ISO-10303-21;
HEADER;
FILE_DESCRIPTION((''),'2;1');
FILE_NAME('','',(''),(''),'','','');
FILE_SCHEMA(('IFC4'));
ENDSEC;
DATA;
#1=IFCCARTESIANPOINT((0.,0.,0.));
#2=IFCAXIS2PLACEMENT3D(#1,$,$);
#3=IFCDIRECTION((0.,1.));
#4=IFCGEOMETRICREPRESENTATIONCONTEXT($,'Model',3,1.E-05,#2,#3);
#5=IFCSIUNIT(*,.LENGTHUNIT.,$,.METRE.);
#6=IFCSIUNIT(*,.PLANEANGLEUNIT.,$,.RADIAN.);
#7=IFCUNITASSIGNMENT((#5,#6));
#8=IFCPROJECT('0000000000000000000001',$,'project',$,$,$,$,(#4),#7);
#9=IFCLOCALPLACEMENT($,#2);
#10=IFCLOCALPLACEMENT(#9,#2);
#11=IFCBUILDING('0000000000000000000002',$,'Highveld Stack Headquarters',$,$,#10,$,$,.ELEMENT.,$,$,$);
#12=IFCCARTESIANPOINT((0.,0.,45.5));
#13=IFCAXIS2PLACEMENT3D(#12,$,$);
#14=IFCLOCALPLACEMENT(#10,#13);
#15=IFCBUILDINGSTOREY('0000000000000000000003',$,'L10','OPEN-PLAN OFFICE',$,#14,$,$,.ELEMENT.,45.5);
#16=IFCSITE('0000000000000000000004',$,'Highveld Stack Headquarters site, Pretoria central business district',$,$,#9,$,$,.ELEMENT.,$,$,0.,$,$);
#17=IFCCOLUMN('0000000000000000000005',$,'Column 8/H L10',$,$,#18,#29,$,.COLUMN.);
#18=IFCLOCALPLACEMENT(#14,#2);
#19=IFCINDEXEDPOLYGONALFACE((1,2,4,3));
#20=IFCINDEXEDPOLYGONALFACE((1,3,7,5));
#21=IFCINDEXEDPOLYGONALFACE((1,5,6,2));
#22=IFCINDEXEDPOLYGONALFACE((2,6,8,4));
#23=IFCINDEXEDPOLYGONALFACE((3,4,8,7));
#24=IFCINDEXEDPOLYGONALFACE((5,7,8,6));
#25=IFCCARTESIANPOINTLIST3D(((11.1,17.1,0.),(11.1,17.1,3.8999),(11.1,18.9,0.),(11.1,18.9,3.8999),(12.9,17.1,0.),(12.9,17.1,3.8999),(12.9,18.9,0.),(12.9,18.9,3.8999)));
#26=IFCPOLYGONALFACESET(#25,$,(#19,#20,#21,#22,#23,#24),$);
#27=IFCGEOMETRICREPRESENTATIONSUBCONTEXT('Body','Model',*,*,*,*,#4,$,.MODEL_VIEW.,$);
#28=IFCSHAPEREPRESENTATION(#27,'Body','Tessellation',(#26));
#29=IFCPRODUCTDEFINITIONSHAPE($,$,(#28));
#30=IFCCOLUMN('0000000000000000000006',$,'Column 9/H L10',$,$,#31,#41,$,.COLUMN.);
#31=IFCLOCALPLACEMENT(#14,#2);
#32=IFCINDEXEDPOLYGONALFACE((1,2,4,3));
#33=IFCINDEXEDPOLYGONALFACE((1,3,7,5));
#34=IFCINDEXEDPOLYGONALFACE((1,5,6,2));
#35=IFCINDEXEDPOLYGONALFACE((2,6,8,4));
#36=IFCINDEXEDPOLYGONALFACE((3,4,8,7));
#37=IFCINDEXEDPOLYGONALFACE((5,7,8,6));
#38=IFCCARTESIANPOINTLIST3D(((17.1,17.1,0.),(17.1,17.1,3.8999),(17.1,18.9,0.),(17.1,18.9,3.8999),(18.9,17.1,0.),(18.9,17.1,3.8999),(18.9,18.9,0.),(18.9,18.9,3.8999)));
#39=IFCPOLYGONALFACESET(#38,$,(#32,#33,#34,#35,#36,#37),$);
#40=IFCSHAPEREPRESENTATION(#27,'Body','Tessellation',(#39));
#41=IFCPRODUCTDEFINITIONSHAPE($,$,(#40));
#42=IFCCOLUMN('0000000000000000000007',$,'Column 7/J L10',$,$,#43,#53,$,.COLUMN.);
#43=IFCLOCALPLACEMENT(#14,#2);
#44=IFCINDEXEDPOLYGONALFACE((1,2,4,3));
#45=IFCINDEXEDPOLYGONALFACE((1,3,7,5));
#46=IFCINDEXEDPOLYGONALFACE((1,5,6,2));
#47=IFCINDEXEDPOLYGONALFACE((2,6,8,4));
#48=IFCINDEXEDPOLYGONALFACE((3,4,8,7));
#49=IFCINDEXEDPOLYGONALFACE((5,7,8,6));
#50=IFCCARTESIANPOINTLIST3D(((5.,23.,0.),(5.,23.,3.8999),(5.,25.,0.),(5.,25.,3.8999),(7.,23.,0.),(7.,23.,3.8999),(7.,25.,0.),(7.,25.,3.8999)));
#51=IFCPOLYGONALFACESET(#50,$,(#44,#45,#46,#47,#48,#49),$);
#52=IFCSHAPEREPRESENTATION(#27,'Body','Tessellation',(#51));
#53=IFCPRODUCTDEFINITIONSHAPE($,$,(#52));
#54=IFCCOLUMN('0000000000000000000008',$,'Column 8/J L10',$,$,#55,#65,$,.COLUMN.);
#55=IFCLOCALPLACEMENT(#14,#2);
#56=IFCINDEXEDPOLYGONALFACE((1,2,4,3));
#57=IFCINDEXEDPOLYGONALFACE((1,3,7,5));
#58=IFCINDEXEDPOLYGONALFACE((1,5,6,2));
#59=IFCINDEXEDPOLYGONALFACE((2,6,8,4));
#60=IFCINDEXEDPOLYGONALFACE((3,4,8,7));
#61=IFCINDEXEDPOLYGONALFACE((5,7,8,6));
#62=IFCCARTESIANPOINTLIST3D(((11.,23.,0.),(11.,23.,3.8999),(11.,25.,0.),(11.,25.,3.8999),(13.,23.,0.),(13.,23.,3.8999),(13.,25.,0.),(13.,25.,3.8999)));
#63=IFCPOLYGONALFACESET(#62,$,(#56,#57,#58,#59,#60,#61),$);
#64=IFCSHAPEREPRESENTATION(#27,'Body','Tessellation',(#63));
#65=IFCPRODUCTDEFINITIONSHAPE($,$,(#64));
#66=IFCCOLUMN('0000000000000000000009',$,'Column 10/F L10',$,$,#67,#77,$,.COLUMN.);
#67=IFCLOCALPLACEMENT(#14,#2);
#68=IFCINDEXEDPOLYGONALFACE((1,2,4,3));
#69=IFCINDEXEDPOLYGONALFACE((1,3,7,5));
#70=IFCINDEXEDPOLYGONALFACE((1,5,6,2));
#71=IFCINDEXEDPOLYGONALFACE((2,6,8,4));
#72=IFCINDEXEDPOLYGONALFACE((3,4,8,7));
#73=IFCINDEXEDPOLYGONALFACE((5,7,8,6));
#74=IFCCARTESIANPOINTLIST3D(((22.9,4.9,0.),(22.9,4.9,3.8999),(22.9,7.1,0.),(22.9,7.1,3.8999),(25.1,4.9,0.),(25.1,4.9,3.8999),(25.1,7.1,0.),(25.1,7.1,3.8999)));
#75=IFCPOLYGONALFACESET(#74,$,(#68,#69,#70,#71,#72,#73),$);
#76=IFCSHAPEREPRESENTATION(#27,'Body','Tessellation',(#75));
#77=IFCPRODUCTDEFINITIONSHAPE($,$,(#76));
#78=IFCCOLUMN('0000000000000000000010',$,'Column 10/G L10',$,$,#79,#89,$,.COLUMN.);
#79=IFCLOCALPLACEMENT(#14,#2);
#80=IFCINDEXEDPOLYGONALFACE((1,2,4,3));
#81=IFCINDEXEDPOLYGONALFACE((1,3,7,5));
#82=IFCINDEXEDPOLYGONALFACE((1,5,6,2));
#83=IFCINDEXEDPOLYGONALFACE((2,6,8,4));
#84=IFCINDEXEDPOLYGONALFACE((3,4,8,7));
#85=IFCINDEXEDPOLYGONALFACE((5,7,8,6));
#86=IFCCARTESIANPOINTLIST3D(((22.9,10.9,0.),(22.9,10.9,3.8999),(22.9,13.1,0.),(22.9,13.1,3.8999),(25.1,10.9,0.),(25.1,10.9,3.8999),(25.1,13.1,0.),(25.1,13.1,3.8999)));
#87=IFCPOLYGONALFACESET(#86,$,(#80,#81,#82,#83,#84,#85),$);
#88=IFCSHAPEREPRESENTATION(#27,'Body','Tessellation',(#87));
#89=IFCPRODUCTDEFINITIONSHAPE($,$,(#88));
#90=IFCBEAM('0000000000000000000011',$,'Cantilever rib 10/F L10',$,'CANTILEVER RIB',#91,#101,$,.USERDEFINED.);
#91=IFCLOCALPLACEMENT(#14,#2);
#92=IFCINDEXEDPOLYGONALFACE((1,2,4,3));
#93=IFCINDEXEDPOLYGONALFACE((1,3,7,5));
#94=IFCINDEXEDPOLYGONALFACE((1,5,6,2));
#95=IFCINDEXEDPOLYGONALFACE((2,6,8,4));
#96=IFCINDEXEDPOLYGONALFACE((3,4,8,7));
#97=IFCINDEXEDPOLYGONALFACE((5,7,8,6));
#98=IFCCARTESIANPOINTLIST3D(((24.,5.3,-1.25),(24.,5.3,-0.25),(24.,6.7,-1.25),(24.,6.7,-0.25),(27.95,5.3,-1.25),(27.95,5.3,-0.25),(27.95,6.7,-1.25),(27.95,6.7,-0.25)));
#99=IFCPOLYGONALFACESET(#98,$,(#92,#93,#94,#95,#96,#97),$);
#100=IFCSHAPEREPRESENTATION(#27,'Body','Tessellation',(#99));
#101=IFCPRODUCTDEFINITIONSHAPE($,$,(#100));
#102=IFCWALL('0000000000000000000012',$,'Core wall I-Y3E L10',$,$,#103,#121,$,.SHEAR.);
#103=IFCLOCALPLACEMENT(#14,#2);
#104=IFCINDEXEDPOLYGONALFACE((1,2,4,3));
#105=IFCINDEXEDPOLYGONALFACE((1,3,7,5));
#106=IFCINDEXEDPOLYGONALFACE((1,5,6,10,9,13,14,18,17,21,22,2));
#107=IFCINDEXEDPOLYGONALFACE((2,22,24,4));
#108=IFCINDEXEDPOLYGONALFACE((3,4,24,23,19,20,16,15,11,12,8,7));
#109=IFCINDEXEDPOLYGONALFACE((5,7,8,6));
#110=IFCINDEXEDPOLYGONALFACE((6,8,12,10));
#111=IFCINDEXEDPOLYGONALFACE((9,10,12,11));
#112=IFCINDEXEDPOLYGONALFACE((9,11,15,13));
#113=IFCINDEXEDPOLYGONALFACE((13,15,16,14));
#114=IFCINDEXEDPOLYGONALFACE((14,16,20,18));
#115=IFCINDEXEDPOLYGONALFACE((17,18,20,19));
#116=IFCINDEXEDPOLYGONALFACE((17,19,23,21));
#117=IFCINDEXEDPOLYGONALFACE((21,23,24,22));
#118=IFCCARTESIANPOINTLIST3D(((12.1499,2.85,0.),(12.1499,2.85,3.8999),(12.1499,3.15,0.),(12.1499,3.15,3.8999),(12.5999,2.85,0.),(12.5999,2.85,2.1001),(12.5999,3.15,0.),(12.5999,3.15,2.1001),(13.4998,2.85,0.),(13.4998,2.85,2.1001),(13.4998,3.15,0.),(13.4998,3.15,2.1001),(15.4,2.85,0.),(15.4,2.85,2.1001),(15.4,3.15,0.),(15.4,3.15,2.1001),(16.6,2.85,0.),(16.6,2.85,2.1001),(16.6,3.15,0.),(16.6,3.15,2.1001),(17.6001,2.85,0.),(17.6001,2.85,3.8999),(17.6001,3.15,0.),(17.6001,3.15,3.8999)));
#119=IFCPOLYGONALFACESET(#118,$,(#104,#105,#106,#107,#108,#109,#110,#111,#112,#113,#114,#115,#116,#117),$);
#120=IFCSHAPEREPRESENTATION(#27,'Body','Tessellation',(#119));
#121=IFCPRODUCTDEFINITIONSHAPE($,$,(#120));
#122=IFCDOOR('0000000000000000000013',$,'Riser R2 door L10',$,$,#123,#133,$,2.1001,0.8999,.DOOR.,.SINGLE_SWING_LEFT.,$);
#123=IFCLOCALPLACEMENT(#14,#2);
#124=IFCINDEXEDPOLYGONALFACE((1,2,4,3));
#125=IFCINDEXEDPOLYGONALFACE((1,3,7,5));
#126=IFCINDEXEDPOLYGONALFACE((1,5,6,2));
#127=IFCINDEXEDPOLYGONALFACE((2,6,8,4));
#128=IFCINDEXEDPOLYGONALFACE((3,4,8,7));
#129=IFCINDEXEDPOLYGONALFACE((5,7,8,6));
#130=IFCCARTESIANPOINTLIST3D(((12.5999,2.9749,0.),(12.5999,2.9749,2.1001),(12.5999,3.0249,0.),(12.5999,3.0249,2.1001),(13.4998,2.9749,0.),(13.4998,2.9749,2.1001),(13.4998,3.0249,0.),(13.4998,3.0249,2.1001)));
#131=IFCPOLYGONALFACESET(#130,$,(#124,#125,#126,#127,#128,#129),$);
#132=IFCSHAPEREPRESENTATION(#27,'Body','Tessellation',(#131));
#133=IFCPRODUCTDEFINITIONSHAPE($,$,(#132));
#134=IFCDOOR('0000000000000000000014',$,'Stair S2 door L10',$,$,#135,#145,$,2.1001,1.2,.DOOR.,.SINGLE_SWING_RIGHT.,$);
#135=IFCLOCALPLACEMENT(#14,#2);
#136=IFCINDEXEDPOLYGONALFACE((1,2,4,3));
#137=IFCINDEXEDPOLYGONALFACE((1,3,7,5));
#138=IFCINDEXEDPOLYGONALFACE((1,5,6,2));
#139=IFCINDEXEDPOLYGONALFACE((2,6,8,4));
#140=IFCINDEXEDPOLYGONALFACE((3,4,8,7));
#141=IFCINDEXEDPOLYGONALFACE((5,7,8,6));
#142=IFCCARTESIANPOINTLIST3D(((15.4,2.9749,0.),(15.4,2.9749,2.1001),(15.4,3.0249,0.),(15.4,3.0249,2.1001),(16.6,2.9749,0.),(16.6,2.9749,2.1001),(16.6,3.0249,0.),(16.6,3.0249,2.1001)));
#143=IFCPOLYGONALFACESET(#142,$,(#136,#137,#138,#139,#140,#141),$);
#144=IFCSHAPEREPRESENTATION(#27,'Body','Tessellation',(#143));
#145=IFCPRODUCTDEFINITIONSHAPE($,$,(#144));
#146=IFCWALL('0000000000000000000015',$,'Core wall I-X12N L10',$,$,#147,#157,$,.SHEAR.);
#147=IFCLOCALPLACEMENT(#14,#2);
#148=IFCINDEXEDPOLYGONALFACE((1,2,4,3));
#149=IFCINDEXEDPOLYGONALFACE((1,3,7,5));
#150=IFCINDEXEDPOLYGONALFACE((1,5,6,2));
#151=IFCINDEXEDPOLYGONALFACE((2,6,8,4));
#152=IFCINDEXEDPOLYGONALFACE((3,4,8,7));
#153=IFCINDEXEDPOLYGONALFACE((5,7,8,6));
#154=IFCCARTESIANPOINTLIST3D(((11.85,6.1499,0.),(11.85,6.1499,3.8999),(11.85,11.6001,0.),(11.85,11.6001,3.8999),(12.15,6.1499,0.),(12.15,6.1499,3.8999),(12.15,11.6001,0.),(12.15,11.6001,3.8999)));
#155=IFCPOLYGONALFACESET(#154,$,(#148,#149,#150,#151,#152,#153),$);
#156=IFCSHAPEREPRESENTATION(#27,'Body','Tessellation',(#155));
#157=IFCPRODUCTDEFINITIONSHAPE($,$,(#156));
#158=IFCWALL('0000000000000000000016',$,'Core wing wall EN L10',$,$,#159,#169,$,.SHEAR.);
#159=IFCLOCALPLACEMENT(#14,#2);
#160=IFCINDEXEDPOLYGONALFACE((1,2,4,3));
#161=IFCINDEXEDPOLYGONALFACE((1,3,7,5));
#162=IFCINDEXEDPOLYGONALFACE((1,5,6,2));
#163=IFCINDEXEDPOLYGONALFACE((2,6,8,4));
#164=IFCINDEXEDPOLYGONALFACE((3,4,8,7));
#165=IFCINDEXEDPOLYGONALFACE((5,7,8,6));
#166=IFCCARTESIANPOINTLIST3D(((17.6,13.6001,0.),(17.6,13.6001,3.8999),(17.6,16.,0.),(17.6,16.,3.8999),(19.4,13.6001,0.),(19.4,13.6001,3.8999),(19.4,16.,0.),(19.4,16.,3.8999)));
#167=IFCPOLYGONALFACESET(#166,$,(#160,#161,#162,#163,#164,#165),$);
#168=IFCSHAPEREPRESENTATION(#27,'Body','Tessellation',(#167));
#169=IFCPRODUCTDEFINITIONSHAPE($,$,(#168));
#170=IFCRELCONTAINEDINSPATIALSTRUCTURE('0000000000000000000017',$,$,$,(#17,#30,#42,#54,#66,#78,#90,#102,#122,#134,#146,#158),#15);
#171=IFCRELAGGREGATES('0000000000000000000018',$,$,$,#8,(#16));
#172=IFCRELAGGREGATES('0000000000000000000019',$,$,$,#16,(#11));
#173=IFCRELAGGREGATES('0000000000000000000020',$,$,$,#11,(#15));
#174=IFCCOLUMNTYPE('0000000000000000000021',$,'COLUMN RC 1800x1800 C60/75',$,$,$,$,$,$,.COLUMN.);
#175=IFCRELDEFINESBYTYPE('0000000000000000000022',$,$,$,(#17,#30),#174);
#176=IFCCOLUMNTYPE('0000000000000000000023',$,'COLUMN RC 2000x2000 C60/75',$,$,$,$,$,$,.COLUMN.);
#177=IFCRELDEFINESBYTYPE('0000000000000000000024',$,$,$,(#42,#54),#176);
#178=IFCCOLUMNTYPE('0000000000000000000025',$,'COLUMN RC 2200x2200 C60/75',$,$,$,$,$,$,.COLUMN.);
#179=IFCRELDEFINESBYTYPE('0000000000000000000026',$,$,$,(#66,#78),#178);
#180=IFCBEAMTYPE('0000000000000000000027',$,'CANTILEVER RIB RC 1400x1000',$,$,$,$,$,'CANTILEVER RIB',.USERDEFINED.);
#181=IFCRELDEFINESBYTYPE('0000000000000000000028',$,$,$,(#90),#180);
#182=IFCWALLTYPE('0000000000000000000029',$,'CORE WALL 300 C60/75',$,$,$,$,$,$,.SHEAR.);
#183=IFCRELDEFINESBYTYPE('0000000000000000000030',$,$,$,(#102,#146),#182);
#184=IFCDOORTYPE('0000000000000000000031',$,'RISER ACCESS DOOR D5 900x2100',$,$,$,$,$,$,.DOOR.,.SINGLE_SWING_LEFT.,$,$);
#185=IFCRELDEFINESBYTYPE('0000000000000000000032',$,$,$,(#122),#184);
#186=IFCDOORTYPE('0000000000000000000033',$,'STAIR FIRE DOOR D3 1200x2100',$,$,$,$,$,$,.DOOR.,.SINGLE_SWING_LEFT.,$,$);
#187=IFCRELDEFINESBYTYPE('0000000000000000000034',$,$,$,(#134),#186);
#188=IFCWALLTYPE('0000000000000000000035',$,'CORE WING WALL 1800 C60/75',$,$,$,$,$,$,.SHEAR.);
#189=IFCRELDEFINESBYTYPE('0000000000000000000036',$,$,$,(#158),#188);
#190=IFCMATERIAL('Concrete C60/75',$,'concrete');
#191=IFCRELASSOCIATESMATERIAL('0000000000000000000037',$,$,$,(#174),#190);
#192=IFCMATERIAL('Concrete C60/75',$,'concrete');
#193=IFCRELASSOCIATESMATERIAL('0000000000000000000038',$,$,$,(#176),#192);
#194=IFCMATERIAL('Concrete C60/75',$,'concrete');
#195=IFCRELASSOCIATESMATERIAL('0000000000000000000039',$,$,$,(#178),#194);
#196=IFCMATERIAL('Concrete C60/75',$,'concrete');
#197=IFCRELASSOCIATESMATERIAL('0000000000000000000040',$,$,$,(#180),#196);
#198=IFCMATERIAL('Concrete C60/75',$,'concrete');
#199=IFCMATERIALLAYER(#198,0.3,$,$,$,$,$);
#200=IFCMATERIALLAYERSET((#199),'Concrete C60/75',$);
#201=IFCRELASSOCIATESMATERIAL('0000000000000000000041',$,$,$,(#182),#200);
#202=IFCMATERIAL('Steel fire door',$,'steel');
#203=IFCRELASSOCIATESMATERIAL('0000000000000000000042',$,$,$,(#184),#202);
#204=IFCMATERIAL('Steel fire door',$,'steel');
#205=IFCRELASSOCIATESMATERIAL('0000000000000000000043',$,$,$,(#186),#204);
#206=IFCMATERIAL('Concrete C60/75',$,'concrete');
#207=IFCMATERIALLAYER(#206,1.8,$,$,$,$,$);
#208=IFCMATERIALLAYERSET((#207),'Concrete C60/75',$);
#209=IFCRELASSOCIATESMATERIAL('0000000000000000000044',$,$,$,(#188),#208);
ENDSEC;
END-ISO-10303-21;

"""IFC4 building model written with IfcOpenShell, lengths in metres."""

from ifc_helpers import new_model, si_unit, direction, frame, frame_2d, origin, origin_2d, place, context, subcontext, project, spatial, rectangle, extrude, material, layer, layer_set, material_profile, profile_set, type_object, element, fill, save


model = new_model("IFC4")

# Units and contexts
model_context = context("Model", 3, precision=1e-05, world=origin(), true_north=direction((0.0, 1.0)))
body_context = subcontext(model_context, "Body", "Model", "MODEL_VIEW")
ifc_project = project(units=[si_unit("LENGTHUNIT", "METRE"), si_unit("PLANEANGLEUNIT", "RADIAN")], contexts=[model_context])

# Site, building, storey
site_placement = place(None, origin())
site = spatial("IfcSite", under=ifc_project, at=site_placement, Name="Highveld Stack Headquarters site, Pretoria central business district", CompositionType="ELEMENT", RefElevation=0.0)
building_placement = place(site_placement, origin())
building = spatial("IfcBuilding", under=site, at=building_placement, Name="Highveld Stack Headquarters", CompositionType="ELEMENT")
storey_placement = place(building_placement, frame((0.0, 0.0, 45.5)))
storey = spatial("IfcBuildingStorey", under=building, at=storey_placement, Name="L10", Description="OPEN-PLAN OFFICE", CompositionType="ELEMENT", Elevation=45.5)

# Columns
ifc_material_1 = material(Name="Concrete C60/75", Category="concrete")
ifc_material_profile_1 = material_profile(ifc_material_1, rectangle(XDim=1.8, YDim=1.8, at=origin_2d()), Name="RC 1800x1800")
ifc_profile_set_1 = profile_set([ifc_material_profile_1], Name="Concrete C60/75")
column_type_1 = type_object("IfcColumnType", Name="COLUMN RC 1800x1800 C60/75", PredefinedType="COLUMN", material=ifc_profile_set_1)
for number, where, z_axis, x_axis, name in (
    (1, (12.0, 18.0, 0.0), (0.0, 0.0, 1.0), (1.0, 0.0, 0.0), "Column 8/H L10"),
    (2, (18.0, 18.0, 0.0), (0.0, 0.0, 1.0), (1.0, 0.0, 0.0), "Column 9/H L10"),
):
    element("IfcColumn", number, at=place(storey_placement, frame(where, z_axis=z_axis, x_axis=x_axis)), inside=storey, type_object=column_type_1, Name=name, PredefinedType="COLUMN", context=body_context, shape_type="SweptSolid", body=[
        extrude(rectangle(XDim=1.8, YDim=1.8, at=origin_2d()), origin(), (0.0, 0.0, 1.0), 3.8999),
    ])
ifc_material_2 = material(Name="Concrete C60/75", Category="concrete")
ifc_material_profile_2 = material_profile(ifc_material_2, rectangle(XDim=2.0, YDim=2.0, at=origin_2d()), Name="RC 2000x2000")
ifc_profile_set_2 = profile_set([ifc_material_profile_2], Name="Concrete C60/75")
column_type_2 = type_object("IfcColumnType", Name="COLUMN RC 2000x2000 C60/75", PredefinedType="COLUMN", material=ifc_profile_set_2)
for number, where, z_axis, x_axis, name in (
    (3, (6.0, 24.0, 0.0), (0.0, 0.0, 1.0), (1.0, 0.0, 0.0), "Column 7/J L10"),
    (4, (12.0, 24.0, 0.0), (0.0, 0.0, 1.0), (1.0, 0.0, 0.0), "Column 8/J L10"),
):
    element("IfcColumn", number, at=place(storey_placement, frame(where, z_axis=z_axis, x_axis=x_axis)), inside=storey, type_object=column_type_2, Name=name, PredefinedType="COLUMN", context=body_context, shape_type="SweptSolid", body=[
        extrude(rectangle(XDim=2.0, YDim=2.0, at=origin_2d()), origin(), (0.0, 0.0, 1.0), 3.8999),
    ])
ifc_material_3 = material(Name="Concrete C60/75", Category="concrete")
ifc_material_profile_3 = material_profile(ifc_material_3, rectangle(XDim=2.2, YDim=2.2, at=origin_2d()), Name="RC 2200x2200")
ifc_profile_set_3 = profile_set([ifc_material_profile_3], Name="Concrete C60/75")
column_type_3 = type_object("IfcColumnType", Name="COLUMN RC 2200x2200 C60/75", PredefinedType="COLUMN", material=ifc_profile_set_3)
for number, where, z_axis, x_axis, name in (
    (5, (24.0, 6.0, 0.0), (0.0, 0.0, 1.0), (1.0, 0.0, 0.0), "Column 10/F L10"),
    (6, (24.0, 12.0, 0.0), (0.0, 0.0, 1.0), (1.0, 0.0, 0.0), "Column 10/G L10"),
):
    element("IfcColumn", number, at=place(storey_placement, frame(where, z_axis=z_axis, x_axis=x_axis)), inside=storey, type_object=column_type_3, Name=name, PredefinedType="COLUMN", context=body_context, shape_type="SweptSolid", body=[
        extrude(rectangle(XDim=2.2, YDim=2.2, at=origin_2d()), origin(), (0.0, 0.0, 1.0), 3.8999),
    ])

# Beam
ifc_material_4 = material(Name="Concrete C60/75", Category="concrete")
ifc_material_profile_4 = material_profile(ifc_material_4, rectangle(XDim=1.3999, YDim=1.0, at=origin_2d()), Name="RC 1400x1000")
ifc_profile_set_4 = profile_set([ifc_material_profile_4], Name="Concrete C60/75")
beam_type = type_object("IfcBeamType", Name="CANTILEVER RIB RC 1400x1000", ElementType="CANTILEVER RIB", PredefinedType="USERDEFINED", material=ifc_profile_set_4)
beam_placement = place(storey_placement, frame((24.0, 6.0, -0.75), z_axis=(1.0, 0.0, 0.0), x_axis=(0.0, 1.0, 0.0)))
element("IfcBeam", 7, at=beam_placement, inside=storey, type_object=beam_type, Name="Cantilever rib 10/F L10", ObjectType="CANTILEVER RIB", PredefinedType="USERDEFINED", context=body_context, shape_type="SweptSolid", body=[
    extrude(rectangle(XDim=1.3999, YDim=1.0, at=origin_2d()), origin(), (0.0, 0.0, 1.0), 3.95),
])

# Wall, openings, doors
ifc_material_5 = material(Name="Concrete C60/75", Category="concrete")
ifc_layer_1 = layer(ifc_material_5, 0.3)
ifc_layer_set_1 = layer_set([ifc_layer_1], Name="Concrete C60/75")
wall_type_1 = type_object("IfcWallType", Name="CORE WALL 300 C60/75", PredefinedType="SHEAR", material=ifc_layer_set_1)
wall_1_placement = place(storey_placement, frame((12.1499, 3.0, 0.0), z_axis=(0.0, 0.0, 1.0), x_axis=(1.0, 0.0, 0.0)))
wall_1 = element("IfcWall", 8, at=wall_1_placement, inside=storey, type_object=wall_type_1, Name="Core wall I-Y3E L10", PredefinedType="SHEAR", context=body_context, shape_type="SweptSolid", body=[
    extrude(rectangle(XDim=5.4502, YDim=0.3, at=frame_2d((2.7251, 0.0))), origin(), (0.0, 0.0, 1.0), 3.8999),
])
opening_1_placement = place(wall_1_placement, frame((3.25, 0.0, 0.0)))
opening_1 = element("IfcOpeningElement", 9, at=opening_1_placement, cuts=wall_1, PredefinedType="OPENING", context=body_context, shape_type="SweptSolid", body=[
    extrude(rectangle(XDim=1.2, YDim=2.1001, at=frame_2d((0.6001, 1.05))), frame((0.0, 0.1599, 0.0), z_axis=(0.0, -1.0, 0.0), x_axis=(1.0, 0.0, 0.0)), (0.0, 0.0, 1.0), 0.3201),
])
opening_2_placement = place(wall_1_placement, frame((0.45, 0.0, 0.0)))
opening_2 = element("IfcOpeningElement", 10, at=opening_2_placement, cuts=wall_1, PredefinedType="OPENING", context=body_context, shape_type="SweptSolid", body=[
    extrude(rectangle(XDim=0.8999, YDim=2.1001, at=frame_2d((0.45, 1.05))), frame((0.0, 0.1599, 0.0), z_axis=(0.0, -1.0, 0.0), x_axis=(1.0, 0.0, 0.0)), (0.0, 0.0, 1.0), 0.3201),
])
ifc_material_6 = material(Name="Steel fire door", Category="steel")
door_type_1 = type_object("IfcDoorType", Name="RISER ACCESS DOOR D5 900x2100", OperationType="SINGLE_SWING_LEFT", PredefinedType="DOOR", material=ifc_material_6)
door_1_placement = place(opening_2_placement, origin())
door_1 = element("IfcDoor", 11, at=door_1_placement, inside=storey, type_object=door_type_1, Name="Riser R2 door L10", OperationType="SINGLE_SWING_LEFT", OverallHeight=2.1001, OverallWidth=0.8999, PredefinedType="DOOR", context=body_context, shape_type="SweptSolid", body=[
    extrude(rectangle(XDim=0.8999, YDim=2.1001, at=frame_2d((0.45, 1.05))), frame((0.0, 0.0249, 0.0), z_axis=(0.0, -1.0, 0.0), x_axis=(1.0, 0.0, 0.0)), (0.0, 0.0, 1.0), 0.05),
])
fill(opening_2, door_1)
ifc_material_7 = material(Name="Steel fire door", Category="steel")
door_type_2 = type_object("IfcDoorType", Name="STAIR FIRE DOOR D3 1200x2100", OperationType="SINGLE_SWING_LEFT", PredefinedType="DOOR", material=ifc_material_7)
door_2_placement = place(opening_1_placement, origin())
door_2 = element("IfcDoor", 12, at=door_2_placement, inside=storey, type_object=door_type_2, Name="Stair S2 door L10", OperationType="SINGLE_SWING_RIGHT", OverallHeight=2.1001, OverallWidth=1.2, PredefinedType="DOOR", context=body_context, shape_type="SweptSolid", body=[
    extrude(rectangle(XDim=1.2, YDim=2.1001, at=frame_2d((0.6001, 1.05))), frame((0.0, 0.0249, 0.0), z_axis=(0.0, -1.0, 0.0), x_axis=(1.0, 0.0, 0.0)), (0.0, 0.0, 1.0), 0.05),
])
fill(opening_1, door_2)

# Walls
wall_2_placement = place(storey_placement, frame((12.0, 6.1499, 0.0), z_axis=(0.0, 0.0, 1.0), x_axis=(0.0, 1.0, 0.0)))
element("IfcWall", 13, at=wall_2_placement, inside=storey, type_object=wall_type_1, Name="Core wall I-X12N L10", PredefinedType="SHEAR", context=body_context, shape_type="SweptSolid", body=[
    extrude(rectangle(XDim=5.4502, YDim=0.3, at=frame_2d((2.7251, 0.0))), origin(), (0.0, 0.0, 1.0), 3.8999),
])
ifc_material_8 = material(Name="Concrete C60/75", Category="concrete")
ifc_layer_2 = layer(ifc_material_8, 1.8)
ifc_layer_set_2 = layer_set([ifc_layer_2], Name="Concrete C60/75")
wall_type_2 = type_object("IfcWallType", Name="CORE WING WALL 1800 C60/75", PredefinedType="SHEAR", material=ifc_layer_set_2)
wall_3_placement = place(storey_placement, frame((18.5, 13.6001, 0.0), z_axis=(0.0, 0.0, 1.0), x_axis=(0.0, 1.0, 0.0)))
element("IfcWall", 14, at=wall_3_placement, inside=storey, type_object=wall_type_2, Name="Core wing wall EN L10", PredefinedType="SHEAR", context=body_context, shape_type="SweptSolid", body=[
    extrude(rectangle(XDim=2.3999, YDim=1.8, at=frame_2d((1.2, 0.0))), origin(), (0.0, 0.0, 1.0), 3.8999),
])

save(model, "model.ifc")
